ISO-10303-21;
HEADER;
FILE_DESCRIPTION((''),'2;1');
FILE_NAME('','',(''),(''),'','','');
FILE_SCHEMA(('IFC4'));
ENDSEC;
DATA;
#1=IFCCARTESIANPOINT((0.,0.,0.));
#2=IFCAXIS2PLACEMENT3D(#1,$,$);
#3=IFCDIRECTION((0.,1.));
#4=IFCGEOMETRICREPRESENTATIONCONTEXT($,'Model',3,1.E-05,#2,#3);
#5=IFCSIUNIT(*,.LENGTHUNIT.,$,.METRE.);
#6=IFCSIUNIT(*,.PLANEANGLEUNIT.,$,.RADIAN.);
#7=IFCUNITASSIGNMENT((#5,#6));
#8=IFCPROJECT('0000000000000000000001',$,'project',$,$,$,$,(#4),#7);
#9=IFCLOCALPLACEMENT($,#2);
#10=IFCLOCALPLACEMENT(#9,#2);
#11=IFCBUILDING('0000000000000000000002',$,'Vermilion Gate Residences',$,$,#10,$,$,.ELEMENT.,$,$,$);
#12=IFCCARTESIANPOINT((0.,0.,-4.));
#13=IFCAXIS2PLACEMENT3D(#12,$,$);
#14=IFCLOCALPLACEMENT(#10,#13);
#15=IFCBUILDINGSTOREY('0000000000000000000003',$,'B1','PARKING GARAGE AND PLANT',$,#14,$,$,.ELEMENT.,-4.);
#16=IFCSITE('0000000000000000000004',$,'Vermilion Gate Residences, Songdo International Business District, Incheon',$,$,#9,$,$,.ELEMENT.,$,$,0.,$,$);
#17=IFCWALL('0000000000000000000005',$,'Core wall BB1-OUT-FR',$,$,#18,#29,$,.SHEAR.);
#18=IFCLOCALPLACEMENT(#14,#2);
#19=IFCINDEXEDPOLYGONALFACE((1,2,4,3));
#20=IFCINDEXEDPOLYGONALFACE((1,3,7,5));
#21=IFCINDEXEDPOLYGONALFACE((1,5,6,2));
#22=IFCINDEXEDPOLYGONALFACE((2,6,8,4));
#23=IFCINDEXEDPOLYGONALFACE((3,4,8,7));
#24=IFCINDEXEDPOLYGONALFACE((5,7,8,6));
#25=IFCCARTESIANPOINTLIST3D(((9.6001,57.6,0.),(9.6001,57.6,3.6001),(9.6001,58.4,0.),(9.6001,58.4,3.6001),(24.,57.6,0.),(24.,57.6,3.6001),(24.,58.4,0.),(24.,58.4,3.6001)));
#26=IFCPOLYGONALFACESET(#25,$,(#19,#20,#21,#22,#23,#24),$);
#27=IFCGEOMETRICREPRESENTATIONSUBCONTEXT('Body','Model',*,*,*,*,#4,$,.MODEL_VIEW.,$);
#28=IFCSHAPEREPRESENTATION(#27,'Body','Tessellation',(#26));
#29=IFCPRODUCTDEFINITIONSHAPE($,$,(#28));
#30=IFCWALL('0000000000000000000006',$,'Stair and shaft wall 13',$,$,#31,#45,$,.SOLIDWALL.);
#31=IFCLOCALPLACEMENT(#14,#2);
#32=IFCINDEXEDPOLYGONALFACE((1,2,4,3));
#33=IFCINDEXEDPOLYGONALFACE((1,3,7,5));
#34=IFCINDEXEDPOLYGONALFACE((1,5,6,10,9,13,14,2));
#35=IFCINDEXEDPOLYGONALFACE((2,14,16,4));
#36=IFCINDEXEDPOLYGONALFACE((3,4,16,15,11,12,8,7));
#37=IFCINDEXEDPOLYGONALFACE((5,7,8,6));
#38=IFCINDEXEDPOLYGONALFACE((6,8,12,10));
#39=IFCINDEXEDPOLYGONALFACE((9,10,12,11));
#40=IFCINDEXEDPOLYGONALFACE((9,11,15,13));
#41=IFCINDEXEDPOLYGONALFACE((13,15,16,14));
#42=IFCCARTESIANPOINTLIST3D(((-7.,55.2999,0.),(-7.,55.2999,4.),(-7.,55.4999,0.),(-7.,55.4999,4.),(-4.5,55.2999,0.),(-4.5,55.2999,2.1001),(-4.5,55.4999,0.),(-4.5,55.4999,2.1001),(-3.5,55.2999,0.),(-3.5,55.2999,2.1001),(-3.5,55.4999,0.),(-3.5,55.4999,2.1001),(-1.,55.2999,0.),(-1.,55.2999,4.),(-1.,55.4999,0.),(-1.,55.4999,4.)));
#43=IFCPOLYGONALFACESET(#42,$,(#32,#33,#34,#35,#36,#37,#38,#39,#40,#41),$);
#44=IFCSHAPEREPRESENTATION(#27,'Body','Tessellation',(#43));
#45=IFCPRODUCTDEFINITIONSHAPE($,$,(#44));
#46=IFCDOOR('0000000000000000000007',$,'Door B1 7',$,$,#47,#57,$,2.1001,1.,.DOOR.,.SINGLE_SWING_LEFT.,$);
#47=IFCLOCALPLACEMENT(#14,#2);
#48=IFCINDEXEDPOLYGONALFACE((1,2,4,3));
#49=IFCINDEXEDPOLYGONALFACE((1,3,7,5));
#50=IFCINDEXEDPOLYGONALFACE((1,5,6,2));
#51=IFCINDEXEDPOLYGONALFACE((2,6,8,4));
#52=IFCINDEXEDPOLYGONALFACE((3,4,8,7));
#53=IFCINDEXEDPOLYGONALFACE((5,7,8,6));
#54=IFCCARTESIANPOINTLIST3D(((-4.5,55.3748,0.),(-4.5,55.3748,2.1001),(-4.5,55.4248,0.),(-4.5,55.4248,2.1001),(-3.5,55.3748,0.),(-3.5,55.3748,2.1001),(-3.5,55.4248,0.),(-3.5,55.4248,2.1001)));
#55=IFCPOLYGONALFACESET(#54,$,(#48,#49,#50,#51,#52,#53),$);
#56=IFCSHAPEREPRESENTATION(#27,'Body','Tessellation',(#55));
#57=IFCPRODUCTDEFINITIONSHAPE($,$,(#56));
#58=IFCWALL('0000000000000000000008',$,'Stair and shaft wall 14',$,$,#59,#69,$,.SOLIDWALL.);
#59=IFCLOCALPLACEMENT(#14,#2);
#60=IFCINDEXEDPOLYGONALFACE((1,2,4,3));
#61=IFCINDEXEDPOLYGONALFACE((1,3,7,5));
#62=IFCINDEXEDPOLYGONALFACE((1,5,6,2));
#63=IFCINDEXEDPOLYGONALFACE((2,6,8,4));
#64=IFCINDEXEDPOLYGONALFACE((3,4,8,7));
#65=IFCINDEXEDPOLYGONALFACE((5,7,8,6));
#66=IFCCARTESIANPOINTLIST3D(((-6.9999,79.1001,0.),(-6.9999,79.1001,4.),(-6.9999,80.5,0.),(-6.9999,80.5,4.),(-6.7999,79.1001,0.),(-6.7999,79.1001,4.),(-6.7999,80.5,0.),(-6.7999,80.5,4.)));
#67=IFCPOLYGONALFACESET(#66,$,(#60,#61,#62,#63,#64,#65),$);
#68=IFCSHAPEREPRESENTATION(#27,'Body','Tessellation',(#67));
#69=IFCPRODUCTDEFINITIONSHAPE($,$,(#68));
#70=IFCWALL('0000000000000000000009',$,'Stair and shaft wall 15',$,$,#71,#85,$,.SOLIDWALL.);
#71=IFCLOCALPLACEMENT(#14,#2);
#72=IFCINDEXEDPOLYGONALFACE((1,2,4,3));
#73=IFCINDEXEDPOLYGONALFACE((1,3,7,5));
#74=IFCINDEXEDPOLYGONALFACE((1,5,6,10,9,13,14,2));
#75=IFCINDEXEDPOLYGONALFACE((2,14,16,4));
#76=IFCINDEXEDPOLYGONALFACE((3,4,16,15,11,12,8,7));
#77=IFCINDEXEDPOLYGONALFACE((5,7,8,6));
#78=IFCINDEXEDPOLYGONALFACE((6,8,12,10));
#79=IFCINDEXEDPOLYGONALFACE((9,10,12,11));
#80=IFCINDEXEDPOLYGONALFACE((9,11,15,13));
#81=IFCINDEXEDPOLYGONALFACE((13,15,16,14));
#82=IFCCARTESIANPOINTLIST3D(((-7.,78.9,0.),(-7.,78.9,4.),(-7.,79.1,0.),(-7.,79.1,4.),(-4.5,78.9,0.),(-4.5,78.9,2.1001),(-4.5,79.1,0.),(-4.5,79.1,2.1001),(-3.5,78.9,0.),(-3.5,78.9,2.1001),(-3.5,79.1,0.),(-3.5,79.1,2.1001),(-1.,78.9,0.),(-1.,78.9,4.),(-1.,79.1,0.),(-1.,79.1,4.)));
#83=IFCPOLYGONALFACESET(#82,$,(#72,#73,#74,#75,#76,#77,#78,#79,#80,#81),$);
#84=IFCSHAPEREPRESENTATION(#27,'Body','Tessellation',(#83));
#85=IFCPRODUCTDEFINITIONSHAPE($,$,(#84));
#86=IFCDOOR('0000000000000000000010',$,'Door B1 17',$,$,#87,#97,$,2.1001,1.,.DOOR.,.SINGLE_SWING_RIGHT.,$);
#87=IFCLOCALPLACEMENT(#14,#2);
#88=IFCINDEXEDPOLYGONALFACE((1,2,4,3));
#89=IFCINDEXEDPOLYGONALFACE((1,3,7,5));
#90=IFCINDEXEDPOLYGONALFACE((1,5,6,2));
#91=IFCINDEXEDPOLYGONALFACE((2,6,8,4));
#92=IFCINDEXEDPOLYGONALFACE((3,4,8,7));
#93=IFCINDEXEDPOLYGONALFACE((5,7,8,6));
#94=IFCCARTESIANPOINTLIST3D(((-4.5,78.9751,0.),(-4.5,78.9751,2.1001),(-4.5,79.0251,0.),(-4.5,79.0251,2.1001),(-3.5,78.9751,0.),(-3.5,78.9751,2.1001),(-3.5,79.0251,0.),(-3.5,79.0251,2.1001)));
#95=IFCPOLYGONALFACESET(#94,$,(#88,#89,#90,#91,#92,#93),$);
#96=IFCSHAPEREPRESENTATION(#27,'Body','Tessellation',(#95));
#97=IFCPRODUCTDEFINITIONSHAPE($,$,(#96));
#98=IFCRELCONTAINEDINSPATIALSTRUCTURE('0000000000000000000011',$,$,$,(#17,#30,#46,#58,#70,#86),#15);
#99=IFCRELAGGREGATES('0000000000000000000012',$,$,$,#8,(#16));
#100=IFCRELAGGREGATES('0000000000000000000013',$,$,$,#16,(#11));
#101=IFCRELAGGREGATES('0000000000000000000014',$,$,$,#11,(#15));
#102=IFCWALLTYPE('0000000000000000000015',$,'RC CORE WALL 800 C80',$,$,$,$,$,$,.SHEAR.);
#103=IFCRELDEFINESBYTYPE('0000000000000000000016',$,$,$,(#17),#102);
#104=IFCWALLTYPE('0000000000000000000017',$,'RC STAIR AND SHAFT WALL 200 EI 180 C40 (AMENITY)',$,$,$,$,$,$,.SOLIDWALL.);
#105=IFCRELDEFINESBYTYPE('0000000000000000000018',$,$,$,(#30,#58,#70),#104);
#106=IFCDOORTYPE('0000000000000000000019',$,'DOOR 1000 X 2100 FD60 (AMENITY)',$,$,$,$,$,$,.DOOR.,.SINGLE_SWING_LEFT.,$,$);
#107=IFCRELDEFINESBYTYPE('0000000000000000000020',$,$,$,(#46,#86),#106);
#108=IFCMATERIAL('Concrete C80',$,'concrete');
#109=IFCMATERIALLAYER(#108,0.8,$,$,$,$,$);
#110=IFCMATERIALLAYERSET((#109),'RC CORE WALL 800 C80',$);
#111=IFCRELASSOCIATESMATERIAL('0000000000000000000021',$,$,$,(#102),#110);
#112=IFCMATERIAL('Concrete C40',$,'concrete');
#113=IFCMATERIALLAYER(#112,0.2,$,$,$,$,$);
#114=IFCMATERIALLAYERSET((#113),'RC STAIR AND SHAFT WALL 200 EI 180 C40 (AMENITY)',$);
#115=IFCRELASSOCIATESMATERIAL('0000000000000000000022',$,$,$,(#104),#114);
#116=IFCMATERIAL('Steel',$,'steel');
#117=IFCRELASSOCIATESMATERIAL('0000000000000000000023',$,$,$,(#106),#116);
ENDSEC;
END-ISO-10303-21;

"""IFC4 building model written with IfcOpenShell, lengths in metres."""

from ifc_helpers import new_model, si_unit, direction, frame, frame_2d, origin, place, context, subcontext, project, spatial, rectangle, extrude, material, layer, layer_set, type_object, element, fill, save


model = new_model("IFC4")

# Units and contexts
model_context = context("Model", 3, precision=1e-05, world=origin(), true_north=direction((0.0, 1.0)))
body_context = subcontext(model_context, "Body", "Model", "MODEL_VIEW")
ifc_project = project(units=[si_unit("LENGTHUNIT", "METRE"), si_unit("PLANEANGLEUNIT", "RADIAN")], contexts=[model_context])

# Site, building, storey
site_placement = place(None, origin())
site = spatial("IfcSite", under=ifc_project, at=site_placement, Name="Vermilion Gate Residences, Songdo International Business District, Incheon", CompositionType="ELEMENT", RefElevation=0.0)
building_placement = place(site_placement, origin())
building = spatial("IfcBuilding", under=site, at=building_placement, Name="Vermilion Gate Residences", CompositionType="ELEMENT")
storey_placement = place(building_placement, frame((0.0, 0.0, -4.0)))
storey = spatial("IfcBuildingStorey", under=building, at=storey_placement, Name="B1", Description="PARKING GARAGE AND PLANT", CompositionType="ELEMENT", Elevation=-4.0)

# Wall
ifc_material_1 = material(Name="Concrete C80", Category="concrete")
ifc_layer_1 = layer(ifc_material_1, 0.8)
ifc_layer_set_1 = layer_set([ifc_layer_1], Name="RC CORE WALL 800 C80")
wall_type_1 = type_object("IfcWallType", Name="RC CORE WALL 800 C80", PredefinedType="SHEAR", material=ifc_layer_set_1)
wall_1_placement = place(storey_placement, frame((9.6001, 58.0, 0.0), z_axis=(0.0, 0.0, 1.0), x_axis=(1.0, 0.0, 0.0)))
element("IfcWall", 1, at=wall_1_placement, inside=storey, type_object=wall_type_1, Name="Core wall BB1-OUT-FR", PredefinedType="SHEAR", context=body_context, shape_type="SweptSolid", body=[
    extrude(rectangle(XDim=14.3999, YDim=0.8, at=frame_2d((7.2, 0.0))), origin(), (0.0, 0.0, 1.0), 3.6001),
])

# Wall, opening, door
ifc_material_2 = material(Name="Concrete C40", Category="concrete")
ifc_layer_2 = layer(ifc_material_2, 0.2)
ifc_layer_set_2 = layer_set([ifc_layer_2], Name="RC STAIR AND SHAFT WALL 200 EI 180 C40 (AMENITY)")
wall_type_2 = type_object("IfcWallType", Name="RC STAIR AND SHAFT WALL 200 EI 180 C40 (AMENITY)", PredefinedType="SOLIDWALL", material=ifc_layer_set_2)
wall_2_placement = place(storey_placement, frame((-7.0, 55.3999, 0.0), z_axis=(0.0, 0.0, 1.0), x_axis=(1.0, 0.0, 0.0)))
wall_2 = element("IfcWall", 2, at=wall_2_placement, inside=storey, type_object=wall_type_2, Name="Stair and shaft wall 13", PredefinedType="SOLIDWALL", context=body_context, shape_type="SweptSolid", body=[
    extrude(rectangle(XDim=6.0, YDim=0.2, at=frame_2d((3.0, 0.0))), origin(), (0.0, 0.0, 1.0), 4.0),
])
opening_1_placement = place(wall_2_placement, frame((2.5, 0.0, 0.0)))
opening_1 = element("IfcOpeningElement", 3, at=opening_1_placement, cuts=wall_2, PredefinedType="OPENING", context=body_context, shape_type="SweptSolid", body=[
    extrude(rectangle(XDim=1.0, YDim=2.1001, at=frame_2d((0.5, 1.05))), frame((0.0, 0.1099, 0.0), z_axis=(0.0, -1.0, 0.0), x_axis=(1.0, 0.0, 0.0)), (0.0, 0.0, 1.0), 0.22),
])
ifc_material_3 = material(Name="Steel", Category="steel")
door_type_1 = type_object("IfcDoorType", Name="DOOR 1000 X 2100 FD60 (AMENITY)", OperationType="SINGLE_SWING_LEFT", PredefinedType="DOOR", material=ifc_material_3)
door_1_placement = place(opening_1_placement, origin())
door_1 = element("IfcDoor", 4, at=door_1_placement, inside=storey, type_object=door_type_1, Name="Door B1 7", OperationType="SINGLE_SWING_LEFT", OverallHeight=2.1001, OverallWidth=1.0, PredefinedType="DOOR", context=body_context, shape_type="SweptSolid", body=[
    extrude(rectangle(XDim=1.0, YDim=2.1001, at=frame_2d((0.5, 1.05))), frame((0.0, 0.0249, 0.0), z_axis=(0.0, -1.0, 0.0), x_axis=(1.0, 0.0, 0.0)), (0.0, 0.0, 1.0), 0.05),
])
fill(opening_1, door_1)

# Wall
wall_3_placement = place(storey_placement, frame((-6.8999, 79.1001, 0.0), z_axis=(0.0, 0.0, 1.0), x_axis=(0.0, 1.0, 0.0)))
element("IfcWall", 5, at=wall_3_placement, inside=storey, type_object=wall_type_2, Name="Stair and shaft wall 14", PredefinedType="SOLIDWALL", context=body_context, shape_type="SweptSolid", body=[
    extrude(rectangle(XDim=1.3999, YDim=0.2, at=frame_2d((0.7, 0.0))), origin(), (0.0, 0.0, 1.0), 4.0),
])

# Wall, opening, door
wall_4_placement = place(storey_placement, frame((-7.0, 79.0, 0.0), z_axis=(0.0, 0.0, 1.0), x_axis=(1.0, 0.0, 0.0)))
wall_4 = element("IfcWall", 6, at=wall_4_placement, inside=storey, type_object=wall_type_2, Name="Stair and shaft wall 15", PredefinedType="SOLIDWALL", context=body_context, shape_type="SweptSolid", body=[
    extrude(rectangle(XDim=6.0, YDim=0.2, at=frame_2d((3.0, 0.0))), origin(), (0.0, 0.0, 1.0), 4.0),
])
opening_2_placement = place(wall_4_placement, frame((2.5, 0.0, 0.0)))
opening_2 = element("IfcOpeningElement", 7, at=opening_2_placement, cuts=wall_4, PredefinedType="OPENING", context=body_context, shape_type="SweptSolid", body=[
    extrude(rectangle(XDim=1.0, YDim=2.1001, at=frame_2d((0.5, 1.05))), frame((0.0, 0.1099, 0.0), z_axis=(0.0, -1.0, 0.0), x_axis=(1.0, 0.0, 0.0)), (0.0, 0.0, 1.0), 0.22),
])
door_2_placement = place(opening_2_placement, frame((1.0, 0.0, 0.0), z_axis=(0.0, 0.0, 1.0), x_axis=(-1.0, 0.0, 0.0)))
door_2 = element("IfcDoor", 8, at=door_2_placement, inside=storey, type_object=door_type_1, Name="Door B1 17", OperationType="SINGLE_SWING_RIGHT", OverallHeight=2.1001, OverallWidth=1.0, PredefinedType="DOOR", context=body_context, shape_type="SweptSolid", body=[
    extrude(rectangle(XDim=1.0, YDim=2.1001, at=frame_2d((0.5, 1.05))), frame((0.0, 0.0249, 0.0), z_axis=(0.0, -1.0, 0.0), x_axis=(1.0, 0.0, 0.0)), (0.0, 0.0, 1.0), 0.05),
])
fill(opening_2, door_2)

save(model, "model.ifc")
